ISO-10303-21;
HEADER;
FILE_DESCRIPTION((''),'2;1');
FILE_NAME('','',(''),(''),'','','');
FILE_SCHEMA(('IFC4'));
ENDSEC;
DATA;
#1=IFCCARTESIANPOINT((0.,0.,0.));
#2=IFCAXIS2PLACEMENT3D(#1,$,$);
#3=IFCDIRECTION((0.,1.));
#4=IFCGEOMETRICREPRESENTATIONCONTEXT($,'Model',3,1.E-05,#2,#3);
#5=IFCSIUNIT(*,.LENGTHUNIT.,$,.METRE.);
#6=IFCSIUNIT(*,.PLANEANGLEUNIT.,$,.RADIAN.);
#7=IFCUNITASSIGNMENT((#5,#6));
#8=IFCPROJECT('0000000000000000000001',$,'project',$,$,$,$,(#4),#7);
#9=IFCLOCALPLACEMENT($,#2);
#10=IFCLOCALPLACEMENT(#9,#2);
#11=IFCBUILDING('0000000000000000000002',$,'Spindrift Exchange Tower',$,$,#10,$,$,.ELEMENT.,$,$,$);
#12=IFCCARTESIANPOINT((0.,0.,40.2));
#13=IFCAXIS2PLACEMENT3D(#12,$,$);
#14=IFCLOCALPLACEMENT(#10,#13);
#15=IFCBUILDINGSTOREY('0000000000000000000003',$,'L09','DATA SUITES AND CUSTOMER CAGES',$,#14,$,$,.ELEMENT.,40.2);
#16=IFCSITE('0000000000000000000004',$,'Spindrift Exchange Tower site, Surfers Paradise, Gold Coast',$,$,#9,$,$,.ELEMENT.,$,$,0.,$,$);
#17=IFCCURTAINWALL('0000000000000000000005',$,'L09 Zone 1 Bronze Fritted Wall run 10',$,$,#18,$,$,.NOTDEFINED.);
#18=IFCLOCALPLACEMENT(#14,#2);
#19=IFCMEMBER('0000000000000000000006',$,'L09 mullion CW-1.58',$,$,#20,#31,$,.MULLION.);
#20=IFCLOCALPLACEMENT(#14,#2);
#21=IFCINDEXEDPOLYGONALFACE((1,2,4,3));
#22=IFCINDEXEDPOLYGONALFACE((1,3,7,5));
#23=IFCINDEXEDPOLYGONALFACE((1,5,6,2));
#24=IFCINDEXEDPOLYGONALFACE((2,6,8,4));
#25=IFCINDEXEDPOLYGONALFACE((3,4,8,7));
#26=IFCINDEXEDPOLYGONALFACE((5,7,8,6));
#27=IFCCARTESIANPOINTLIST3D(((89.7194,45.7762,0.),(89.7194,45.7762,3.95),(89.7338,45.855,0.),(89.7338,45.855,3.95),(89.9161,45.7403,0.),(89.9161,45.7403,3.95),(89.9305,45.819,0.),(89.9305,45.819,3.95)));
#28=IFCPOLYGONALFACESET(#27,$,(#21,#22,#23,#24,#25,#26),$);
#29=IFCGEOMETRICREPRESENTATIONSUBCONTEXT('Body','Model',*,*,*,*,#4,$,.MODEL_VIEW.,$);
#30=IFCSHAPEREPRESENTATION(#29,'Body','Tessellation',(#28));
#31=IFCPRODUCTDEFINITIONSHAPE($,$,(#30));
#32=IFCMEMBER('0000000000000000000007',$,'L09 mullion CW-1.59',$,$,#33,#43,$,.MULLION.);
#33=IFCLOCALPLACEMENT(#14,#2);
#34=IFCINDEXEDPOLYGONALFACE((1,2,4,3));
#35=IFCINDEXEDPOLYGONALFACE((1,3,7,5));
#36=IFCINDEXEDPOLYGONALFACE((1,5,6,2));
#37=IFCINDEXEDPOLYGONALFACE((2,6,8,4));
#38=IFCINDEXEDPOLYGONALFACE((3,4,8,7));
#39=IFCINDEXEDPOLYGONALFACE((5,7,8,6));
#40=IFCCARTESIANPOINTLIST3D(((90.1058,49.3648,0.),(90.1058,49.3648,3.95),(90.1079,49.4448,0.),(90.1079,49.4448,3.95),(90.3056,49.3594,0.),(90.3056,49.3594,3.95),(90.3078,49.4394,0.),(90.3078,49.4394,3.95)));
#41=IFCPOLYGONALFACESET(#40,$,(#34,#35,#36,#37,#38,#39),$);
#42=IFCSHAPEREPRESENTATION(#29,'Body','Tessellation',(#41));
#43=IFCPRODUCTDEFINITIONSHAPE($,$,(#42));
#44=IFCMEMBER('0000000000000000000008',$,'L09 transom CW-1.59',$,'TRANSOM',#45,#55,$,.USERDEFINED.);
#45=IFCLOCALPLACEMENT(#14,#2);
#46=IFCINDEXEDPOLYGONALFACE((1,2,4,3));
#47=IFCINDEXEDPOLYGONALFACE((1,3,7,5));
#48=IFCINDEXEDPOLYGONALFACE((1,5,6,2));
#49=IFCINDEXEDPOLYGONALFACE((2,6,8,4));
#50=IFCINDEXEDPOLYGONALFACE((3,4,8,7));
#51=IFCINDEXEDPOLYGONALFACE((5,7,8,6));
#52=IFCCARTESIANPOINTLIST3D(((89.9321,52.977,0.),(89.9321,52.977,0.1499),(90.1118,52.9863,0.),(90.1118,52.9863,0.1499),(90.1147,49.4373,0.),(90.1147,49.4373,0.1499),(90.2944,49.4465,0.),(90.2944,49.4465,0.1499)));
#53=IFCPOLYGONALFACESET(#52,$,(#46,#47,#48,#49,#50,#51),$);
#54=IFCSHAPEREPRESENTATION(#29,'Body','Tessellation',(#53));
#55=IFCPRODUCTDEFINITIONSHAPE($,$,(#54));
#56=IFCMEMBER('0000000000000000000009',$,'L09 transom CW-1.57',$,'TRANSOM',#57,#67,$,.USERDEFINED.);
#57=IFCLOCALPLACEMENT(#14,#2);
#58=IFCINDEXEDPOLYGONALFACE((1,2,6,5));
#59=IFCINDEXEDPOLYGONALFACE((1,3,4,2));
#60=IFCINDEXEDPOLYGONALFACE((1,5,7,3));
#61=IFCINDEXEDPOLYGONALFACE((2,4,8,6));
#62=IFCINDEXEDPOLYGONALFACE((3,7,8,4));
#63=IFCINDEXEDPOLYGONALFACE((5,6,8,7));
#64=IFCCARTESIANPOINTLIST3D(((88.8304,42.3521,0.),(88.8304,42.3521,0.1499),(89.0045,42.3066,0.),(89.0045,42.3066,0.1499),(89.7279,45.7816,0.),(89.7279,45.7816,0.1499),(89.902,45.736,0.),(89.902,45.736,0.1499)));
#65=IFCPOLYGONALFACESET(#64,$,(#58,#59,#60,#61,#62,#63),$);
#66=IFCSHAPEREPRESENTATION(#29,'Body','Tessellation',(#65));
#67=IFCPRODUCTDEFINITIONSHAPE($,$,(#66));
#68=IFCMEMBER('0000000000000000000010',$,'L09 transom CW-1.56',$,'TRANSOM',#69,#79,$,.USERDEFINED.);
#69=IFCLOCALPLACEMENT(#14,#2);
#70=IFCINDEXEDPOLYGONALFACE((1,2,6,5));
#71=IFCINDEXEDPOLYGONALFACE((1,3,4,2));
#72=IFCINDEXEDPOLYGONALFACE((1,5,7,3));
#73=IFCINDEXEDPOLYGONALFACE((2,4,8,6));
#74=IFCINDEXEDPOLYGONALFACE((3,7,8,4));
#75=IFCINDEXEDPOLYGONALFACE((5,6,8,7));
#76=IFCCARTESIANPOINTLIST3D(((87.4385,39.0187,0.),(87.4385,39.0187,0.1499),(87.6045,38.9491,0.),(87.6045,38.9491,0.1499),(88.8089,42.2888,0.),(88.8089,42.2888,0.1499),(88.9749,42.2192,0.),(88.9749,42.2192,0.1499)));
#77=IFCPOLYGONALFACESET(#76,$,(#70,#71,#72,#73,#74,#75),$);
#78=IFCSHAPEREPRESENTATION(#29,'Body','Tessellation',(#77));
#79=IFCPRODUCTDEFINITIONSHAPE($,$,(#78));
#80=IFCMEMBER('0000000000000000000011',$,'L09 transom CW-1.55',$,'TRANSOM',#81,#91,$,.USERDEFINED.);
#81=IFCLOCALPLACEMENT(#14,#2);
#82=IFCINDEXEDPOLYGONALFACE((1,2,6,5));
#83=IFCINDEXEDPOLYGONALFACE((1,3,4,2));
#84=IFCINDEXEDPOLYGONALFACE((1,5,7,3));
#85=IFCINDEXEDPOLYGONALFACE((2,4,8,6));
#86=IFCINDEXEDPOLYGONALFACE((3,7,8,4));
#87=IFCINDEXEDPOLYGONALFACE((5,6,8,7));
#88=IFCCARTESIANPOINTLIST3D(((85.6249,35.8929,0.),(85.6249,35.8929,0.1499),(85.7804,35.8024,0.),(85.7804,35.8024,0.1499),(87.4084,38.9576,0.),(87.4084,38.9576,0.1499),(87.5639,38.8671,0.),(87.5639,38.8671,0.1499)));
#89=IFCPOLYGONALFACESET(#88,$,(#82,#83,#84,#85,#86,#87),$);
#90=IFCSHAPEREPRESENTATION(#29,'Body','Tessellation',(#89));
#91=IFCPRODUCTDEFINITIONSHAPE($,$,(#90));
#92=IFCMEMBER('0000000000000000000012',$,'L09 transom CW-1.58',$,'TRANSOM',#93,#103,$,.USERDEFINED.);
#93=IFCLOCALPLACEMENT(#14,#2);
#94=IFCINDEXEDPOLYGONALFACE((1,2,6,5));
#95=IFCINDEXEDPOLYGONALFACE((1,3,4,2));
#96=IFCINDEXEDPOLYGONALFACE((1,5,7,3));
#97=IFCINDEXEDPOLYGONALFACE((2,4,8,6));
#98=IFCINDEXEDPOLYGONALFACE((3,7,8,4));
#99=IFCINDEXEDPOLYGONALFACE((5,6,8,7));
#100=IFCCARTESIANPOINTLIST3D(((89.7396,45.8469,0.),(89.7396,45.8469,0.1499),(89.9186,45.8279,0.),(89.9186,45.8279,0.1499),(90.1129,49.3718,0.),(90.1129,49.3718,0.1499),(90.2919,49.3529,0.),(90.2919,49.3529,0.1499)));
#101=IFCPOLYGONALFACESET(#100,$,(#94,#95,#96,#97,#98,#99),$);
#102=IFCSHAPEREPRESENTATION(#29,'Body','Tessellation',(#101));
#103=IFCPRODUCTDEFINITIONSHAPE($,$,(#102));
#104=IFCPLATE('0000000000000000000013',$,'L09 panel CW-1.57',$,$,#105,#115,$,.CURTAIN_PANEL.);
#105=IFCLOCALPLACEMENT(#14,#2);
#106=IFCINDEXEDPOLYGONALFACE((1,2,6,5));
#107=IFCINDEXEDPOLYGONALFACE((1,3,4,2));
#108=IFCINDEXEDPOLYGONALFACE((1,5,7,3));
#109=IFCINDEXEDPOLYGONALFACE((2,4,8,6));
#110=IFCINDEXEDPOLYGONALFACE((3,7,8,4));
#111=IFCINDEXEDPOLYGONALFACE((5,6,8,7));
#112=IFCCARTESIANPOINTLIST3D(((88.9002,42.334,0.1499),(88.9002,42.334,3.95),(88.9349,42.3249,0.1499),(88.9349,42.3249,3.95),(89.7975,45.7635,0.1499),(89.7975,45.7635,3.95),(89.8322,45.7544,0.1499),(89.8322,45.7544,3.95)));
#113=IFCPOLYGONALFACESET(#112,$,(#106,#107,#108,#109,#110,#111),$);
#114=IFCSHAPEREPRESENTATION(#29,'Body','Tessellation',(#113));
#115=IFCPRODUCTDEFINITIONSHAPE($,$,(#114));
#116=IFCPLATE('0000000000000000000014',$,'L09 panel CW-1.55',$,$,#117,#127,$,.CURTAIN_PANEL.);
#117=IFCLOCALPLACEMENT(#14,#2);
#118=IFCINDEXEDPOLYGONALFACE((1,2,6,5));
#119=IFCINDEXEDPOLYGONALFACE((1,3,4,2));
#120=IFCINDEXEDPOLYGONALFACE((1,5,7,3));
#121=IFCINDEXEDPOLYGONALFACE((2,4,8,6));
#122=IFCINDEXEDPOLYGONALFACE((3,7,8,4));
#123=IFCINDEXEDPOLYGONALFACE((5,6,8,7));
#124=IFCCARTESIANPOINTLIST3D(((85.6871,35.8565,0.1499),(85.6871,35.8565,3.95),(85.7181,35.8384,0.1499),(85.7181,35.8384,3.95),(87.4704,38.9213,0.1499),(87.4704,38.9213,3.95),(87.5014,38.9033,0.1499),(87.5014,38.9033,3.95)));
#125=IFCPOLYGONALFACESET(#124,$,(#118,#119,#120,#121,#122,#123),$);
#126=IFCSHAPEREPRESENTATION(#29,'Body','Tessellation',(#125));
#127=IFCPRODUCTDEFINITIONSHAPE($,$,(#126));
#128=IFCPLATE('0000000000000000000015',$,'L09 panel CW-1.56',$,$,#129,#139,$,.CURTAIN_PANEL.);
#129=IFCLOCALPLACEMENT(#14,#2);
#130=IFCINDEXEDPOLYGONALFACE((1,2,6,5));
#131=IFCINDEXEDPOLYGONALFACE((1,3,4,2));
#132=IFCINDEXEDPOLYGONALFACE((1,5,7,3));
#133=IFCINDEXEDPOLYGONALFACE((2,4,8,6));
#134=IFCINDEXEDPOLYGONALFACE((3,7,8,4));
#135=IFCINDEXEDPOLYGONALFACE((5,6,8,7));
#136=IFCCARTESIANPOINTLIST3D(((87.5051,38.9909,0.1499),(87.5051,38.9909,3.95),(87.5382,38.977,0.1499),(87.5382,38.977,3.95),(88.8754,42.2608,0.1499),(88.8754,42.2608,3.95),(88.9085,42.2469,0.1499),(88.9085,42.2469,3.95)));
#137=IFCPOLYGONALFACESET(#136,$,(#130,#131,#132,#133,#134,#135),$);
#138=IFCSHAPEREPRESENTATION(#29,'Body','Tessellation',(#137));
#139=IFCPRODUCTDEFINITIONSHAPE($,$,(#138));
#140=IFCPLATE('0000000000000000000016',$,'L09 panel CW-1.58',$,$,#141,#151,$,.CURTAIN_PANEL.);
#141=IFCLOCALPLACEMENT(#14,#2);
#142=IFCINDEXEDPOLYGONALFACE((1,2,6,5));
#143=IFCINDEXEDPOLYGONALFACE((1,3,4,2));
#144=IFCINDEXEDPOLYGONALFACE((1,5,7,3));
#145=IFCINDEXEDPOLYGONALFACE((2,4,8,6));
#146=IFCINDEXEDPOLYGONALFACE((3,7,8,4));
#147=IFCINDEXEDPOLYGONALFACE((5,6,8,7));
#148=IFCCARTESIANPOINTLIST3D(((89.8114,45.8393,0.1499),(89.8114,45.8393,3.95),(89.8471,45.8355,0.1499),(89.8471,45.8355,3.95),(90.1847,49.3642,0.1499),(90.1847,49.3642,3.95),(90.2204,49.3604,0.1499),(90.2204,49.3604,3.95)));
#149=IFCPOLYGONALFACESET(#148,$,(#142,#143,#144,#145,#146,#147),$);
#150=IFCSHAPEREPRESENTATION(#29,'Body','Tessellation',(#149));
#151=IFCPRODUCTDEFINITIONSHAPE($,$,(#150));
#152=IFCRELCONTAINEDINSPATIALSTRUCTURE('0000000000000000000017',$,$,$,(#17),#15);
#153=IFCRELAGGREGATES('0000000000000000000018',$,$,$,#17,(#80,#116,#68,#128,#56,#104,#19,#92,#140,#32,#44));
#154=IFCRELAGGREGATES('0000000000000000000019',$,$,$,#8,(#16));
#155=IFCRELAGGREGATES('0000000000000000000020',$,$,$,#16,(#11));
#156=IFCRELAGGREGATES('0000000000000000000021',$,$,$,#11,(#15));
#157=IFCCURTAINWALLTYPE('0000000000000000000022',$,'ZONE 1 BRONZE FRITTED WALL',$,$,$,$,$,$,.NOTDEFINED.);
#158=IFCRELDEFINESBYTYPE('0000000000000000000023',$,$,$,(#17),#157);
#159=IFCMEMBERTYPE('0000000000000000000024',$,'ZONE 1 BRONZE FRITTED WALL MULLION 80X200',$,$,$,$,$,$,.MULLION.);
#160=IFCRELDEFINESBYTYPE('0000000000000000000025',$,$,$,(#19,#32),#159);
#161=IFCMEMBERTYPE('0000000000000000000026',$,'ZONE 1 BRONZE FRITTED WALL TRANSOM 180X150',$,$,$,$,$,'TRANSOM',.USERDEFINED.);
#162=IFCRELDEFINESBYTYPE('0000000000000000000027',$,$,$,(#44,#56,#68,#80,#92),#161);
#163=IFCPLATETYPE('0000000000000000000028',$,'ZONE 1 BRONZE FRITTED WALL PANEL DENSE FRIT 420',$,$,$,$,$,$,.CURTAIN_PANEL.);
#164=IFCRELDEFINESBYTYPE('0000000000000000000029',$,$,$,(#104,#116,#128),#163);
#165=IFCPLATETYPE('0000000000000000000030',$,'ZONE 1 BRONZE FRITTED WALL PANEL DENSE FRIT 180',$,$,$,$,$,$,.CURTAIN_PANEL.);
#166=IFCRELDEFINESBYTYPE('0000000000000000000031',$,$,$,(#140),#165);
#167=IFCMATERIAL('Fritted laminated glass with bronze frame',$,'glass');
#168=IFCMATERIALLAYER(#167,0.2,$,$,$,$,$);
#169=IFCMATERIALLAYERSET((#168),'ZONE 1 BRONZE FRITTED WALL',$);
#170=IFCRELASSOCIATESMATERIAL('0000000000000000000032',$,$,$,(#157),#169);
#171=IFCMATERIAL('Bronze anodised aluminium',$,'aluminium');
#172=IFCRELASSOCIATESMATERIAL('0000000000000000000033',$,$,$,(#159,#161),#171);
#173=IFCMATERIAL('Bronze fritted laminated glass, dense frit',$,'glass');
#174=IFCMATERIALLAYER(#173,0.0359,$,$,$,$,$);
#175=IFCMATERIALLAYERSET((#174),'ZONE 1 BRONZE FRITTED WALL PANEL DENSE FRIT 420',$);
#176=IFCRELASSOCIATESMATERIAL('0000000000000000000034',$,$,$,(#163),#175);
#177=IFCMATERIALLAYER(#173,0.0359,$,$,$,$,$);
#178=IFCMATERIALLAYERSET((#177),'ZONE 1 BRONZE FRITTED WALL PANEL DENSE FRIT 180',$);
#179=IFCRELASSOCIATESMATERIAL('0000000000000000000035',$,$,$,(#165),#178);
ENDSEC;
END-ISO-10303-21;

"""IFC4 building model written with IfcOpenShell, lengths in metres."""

from ifc_helpers import new_model, si_unit, direction, frame, origin, origin_2d, place, context, subcontext, project, spatial, rectangle, extrude, source, transform, mapped, material, layer, layer_set, material_profile, profile_set, type_object, element, aggregate, save


model = new_model("IFC4")

# Units and contexts
model_context = context("Model", 3, precision=1e-05, world=origin(), true_north=direction((0.0, 1.0)))
body_context = subcontext(model_context, "Body", "Model", "MODEL_VIEW")
ifc_project = project(units=[si_unit("LENGTHUNIT", "METRE"), si_unit("PLANEANGLEUNIT", "RADIAN")], contexts=[model_context])

# Site, building, storey
site_placement = place(None, origin())
site = spatial("IfcSite", under=ifc_project, at=site_placement, Name="Spindrift Exchange Tower site, Surfers Paradise, Gold Coast", CompositionType="ELEMENT", RefElevation=0.0)
building_placement = place(site_placement, origin())
building = spatial("IfcBuilding", under=site, at=building_placement, Name="Spindrift Exchange Tower", CompositionType="ELEMENT")
storey_placement = place(building_placement, frame((0.0, 0.0, 40.2)))
storey = spatial("IfcBuildingStorey", under=building, at=storey_placement, Name="L09", Description="DATA SUITES AND CUSTOMER CAGES", CompositionType="ELEMENT", Elevation=40.2)

# Curtain wall, members, plates
ifc_material_1 = material(Name="Fritted laminated glass with bronze frame", Category="glass")
ifc_layer_1 = layer(ifc_material_1, 0.2)
ifc_layer_set_1 = layer_set([ifc_layer_1], Name="ZONE 1 BRONZE FRITTED WALL")
curtain_wall_type = type_object("IfcCurtainWallType", Name="ZONE 1 BRONZE FRITTED WALL", PredefinedType="NOTDEFINED", material=ifc_layer_set_1)
curtain_wall_placement = place(storey_placement, origin())
curtain_wall = element("IfcCurtainWall", 1, at=curtain_wall_placement, inside=storey, type_object=curtain_wall_type, Name="L09 Zone 1 Bronze Fritted Wall run 10", PredefinedType="NOTDEFINED")
ifc_material_2 = material(Name="Bronze anodised aluminium", Category="aluminium")
ifc_material_profile_1 = material_profile(ifc_material_2, rectangle(XDim=0.0801, YDim=0.2, at=origin_2d()), Name="ZONE 1 BRONZE FRITTED WALL MULLION 80X200")
ifc_profile_set_1 = profile_set([ifc_material_profile_1], Name="Bronze anodised aluminium")
member_type_1 = type_object("IfcMemberType", Name="ZONE 1 BRONZE FRITTED WALL MULLION 80X200", PredefinedType="MULLION", material=ifc_profile_set_1)
shared_shape_1 = source(origin(), body_context, "Body", "SweptSolid", [
    extrude(rectangle(XDim=0.0801, YDim=0.2, at=origin_2d()), origin(), (0.0, 0.0, 1.0), 3.95),
])
member_1_placement = place(storey_placement, frame((89.825, 45.7976, 0.0), z_axis=(0.0, 0.0, 1.0), x_axis=(0.17973, 0.983716, 0.0)))
member_1 = element("IfcMember", 2, at=member_1_placement, type_object=member_type_1, Name="L09 mullion CW-1.58", PredefinedType="MULLION", context=body_context, shape_type="MappedRepresentation", body=[
    mapped(shared_shape_1, transform((0.0, 0.0, 0.0), scale=1.0)),
])
member_2_placement = place(storey_placement, frame((90.2068, 49.4021, 0.0), z_axis=(0.0, 0.0, 1.0), x_axis=(0.026954, 0.999637, 0.0)))
member_2 = element("IfcMember", 3, at=member_2_placement, type_object=member_type_1, Name="L09 mullion CW-1.59", PredefinedType="MULLION", context=body_context, shape_type="MappedRepresentation", body=[
    mapped(shared_shape_1, transform((0.0, 0.0, 0.0), scale=1.0)),
])
ifc_material_profile_2 = material_profile(ifc_material_2, rectangle(XDim=0.1799, YDim=0.1499, at=origin_2d()), Name="ZONE 1 BRONZE FRITTED WALL TRANSOM 180X150")
ifc_profile_set_2 = profile_set([ifc_material_profile_2], Name="Bronze anodised aluminium")
member_type_2 = type_object("IfcMemberType", Name="ZONE 1 BRONZE FRITTED WALL TRANSOM 180X150", ElementType="TRANSOM", PredefinedType="USERDEFINED", material=ifc_profile_set_2)
shared_shape_2 = source(origin(), body_context, "Body", "SweptSolid", [
    extrude(rectangle(XDim=0.1799, YDim=0.1499, at=origin_2d()), origin(), (0.0, 0.0, 1.0), 3.5444),
])
member_3_placement = place(storey_placement, frame((90.2046, 49.4419, 0.075), z_axis=(-0.051521, 0.998672, 0.0), x_axis=(-0.998672, -0.051521, 0.0)))
member_3 = element("IfcMember", 4, at=member_3_placement, type_object=member_type_2, Name="L09 transom CW-1.59", ObjectType="TRANSOM", PredefinedType="USERDEFINED", context=body_context, shape_type="MappedRepresentation", body=[
    mapped(shared_shape_2, transform((0.0, 0.0, 0.0), scale=1.0)),
])
shared_shape_3 = source(origin(), body_context, "Body", "SweptSolid", [
    extrude(rectangle(XDim=0.1799, YDim=0.1499, at=origin_2d()), origin(), (0.0, 0.0, 1.0), 3.5449),
])
member_4_placement = place(storey_placement, frame((88.9175, 42.3293, 0.075), z_axis=(0.253168, 0.967422, 0.0), x_axis=(-0.967422, 0.253168, 0.0)))
member_4 = element("IfcMember", 5, at=member_4_placement, type_object=member_type_2, Name="L09 transom CW-1.57", ObjectType="TRANSOM", PredefinedType="USERDEFINED", context=body_context, shape_type="MappedRepresentation", body=[
    mapped(shared_shape_3, transform((0.0, 0.0, 0.0), scale=1.0)),
])
shared_shape_4 = source(origin(), body_context, "Body", "SweptSolid", [
    extrude(rectangle(XDim=0.1799, YDim=0.1499, at=origin_2d()), origin(), (0.0, 0.0, 1.0), 3.5457),
])
member_5_placement = place(storey_placement, frame((87.5215, 38.9839, 0.075), z_axis=(0.386502, 0.922289, 0.0), x_axis=(-0.922289, 0.386502, 0.0)))
member_5 = element("IfcMember", 6, at=member_5_placement, type_object=member_type_2, Name="L09 transom CW-1.56", ObjectType="TRANSOM", PredefinedType="USERDEFINED", context=body_context, shape_type="MappedRepresentation", body=[
    mapped(shared_shape_4, transform((0.0, 0.0, 0.0), scale=1.0)),
])
shared_shape_5 = source(origin(), body_context, "Body", "SweptSolid", [
    extrude(rectangle(XDim=0.1799, YDim=0.1499, at=origin_2d()), origin(), (0.0, 0.0, 1.0), 3.5459),
])
member_6_placement = place(storey_placement, frame((85.7026, 35.8477, 0.075), z_axis=(0.502967, 0.864305, 0.0), x_axis=(-0.864305, 0.502967, 0.0)))
member_6 = element("IfcMember", 7, at=member_6_placement, type_object=member_type_2, Name="L09 transom CW-1.55", ObjectType="TRANSOM", PredefinedType="USERDEFINED", context=body_context, shape_type="MappedRepresentation", body=[
    mapped(shared_shape_5, transform((0.0, 0.0, 0.0), scale=1.0)),
])
shared_shape_6 = source(origin(), body_context, "Body", "SweptSolid", [
    extrude(rectangle(XDim=0.1799, YDim=0.1499, at=origin_2d()), origin(), (0.0, 0.0, 1.0), 3.5447),
])
member_7_placement = place(storey_placement, frame((89.8291, 45.8374, 0.075), z_axis=(0.105312, 0.994439, 0.0), x_axis=(-0.994439, 0.105312, 0.0)))
member_7 = element("IfcMember", 8, at=member_7_placement, type_object=member_type_2, Name="L09 transom CW-1.58", ObjectType="TRANSOM", PredefinedType="USERDEFINED", context=body_context, shape_type="MappedRepresentation", body=[
    mapped(shared_shape_6, transform((0.0, 0.0, 0.0), scale=1.0)),
])
ifc_material_3 = material(Name="Bronze fritted laminated glass, dense frit", Category="glass")
ifc_layer_2 = layer(ifc_material_3, 0.0359)
ifc_layer_set_2 = layer_set([ifc_layer_2], Name="ZONE 1 BRONZE FRITTED WALL PANEL DENSE FRIT 420")
plate_type_1 = type_object("IfcPlateType", Name="ZONE 1 BRONZE FRITTED WALL PANEL DENSE FRIT 420", PredefinedType="CURTAIN_PANEL", material=ifc_layer_set_2)
shared_shape_7 = source(origin(), body_context, "Body", "SweptSolid", [
    extrude(rectangle(XDim=3.5449, YDim=0.0359, at=origin_2d()), origin(), (0.0, 0.0, 1.0), 3.8),
])
plate_1_placement = place(storey_placement, frame((89.3662, 44.0442, 0.1499), z_axis=(0.0, 0.0, 1.0), x_axis=(0.253133, 0.967431, 0.0)))
plate_1 = element("IfcPlate", 9, at=plate_1_placement, type_object=plate_type_1, Name="L09 panel CW-1.57", PredefinedType="CURTAIN_PANEL", context=body_context, shape_type="MappedRepresentation", body=[
    mapped(shared_shape_7, transform((0.0, 0.0, 0.0), scale=1.0)),
])
shared_shape_8 = source(origin(), body_context, "Body", "SweptSolid", [
    extrude(rectangle(XDim=3.5459, YDim=0.0359, at=origin_2d()), origin(), (0.0, 0.0, 1.0), 3.8),
])
plate_2_placement = place(storey_placement, frame((86.5942, 37.3799, 0.1499), z_axis=(0.0, 0.0, 1.0), x_axis=(0.50291, 0.864339, 0.0)))
plate_2 = element("IfcPlate", 10, at=plate_2_placement, type_object=plate_type_1, Name="L09 panel CW-1.55", PredefinedType="CURTAIN_PANEL", context=body_context, shape_type="MappedRepresentation", body=[
    mapped(shared_shape_8, transform((0.0, 0.0, 0.0), scale=1.0)),
])
shared_shape_9 = source(origin(), body_context, "Body", "SweptSolid", [
    extrude(rectangle(XDim=3.5454, YDim=0.0359, at=origin_2d()), origin(), (0.0, 0.0, 1.0), 3.8),
])
plate_3_placement = place(storey_placement, frame((88.2068, 40.6189, 0.1499), z_axis=(0.0, 0.0, 1.0), x_axis=(0.386516, 0.922283, 0.0)))
plate_3 = element("IfcPlate", 11, at=plate_3_placement, type_object=plate_type_1, Name="L09 panel CW-1.56", PredefinedType="CURTAIN_PANEL", context=body_context, shape_type="MappedRepresentation", body=[
    mapped(shared_shape_9, transform((0.0, 0.0, 0.0), scale=1.0)),
])
ifc_layer_3 = layer(ifc_material_3, 0.0359)
ifc_layer_set_3 = layer_set([ifc_layer_3], Name="ZONE 1 BRONZE FRITTED WALL PANEL DENSE FRIT 180")
plate_type_2 = type_object("IfcPlateType", Name="ZONE 1 BRONZE FRITTED WALL PANEL DENSE FRIT 180", PredefinedType="CURTAIN_PANEL", material=ifc_layer_set_3)
shared_shape_10 = source(origin(), body_context, "Body", "SweptSolid", [
    extrude(rectangle(XDim=3.5447, YDim=0.0359, at=origin_2d()), origin(), (0.0, 0.0, 1.0), 3.8),
])
plate_4_placement = place(storey_placement, frame((90.0159, 47.5999, 0.1499), z_axis=(0.0, 0.0, 1.0), x_axis=(0.10531, 0.994439, 0.0)))
plate_4 = element("IfcPlate", 12, at=plate_4_placement, type_object=plate_type_2, Name="L09 panel CW-1.58", PredefinedType="CURTAIN_PANEL", context=body_context, shape_type="MappedRepresentation", body=[
    mapped(shared_shape_10, transform((0.0, 0.0, 0.0), scale=1.0)),
])
aggregate(curtain_wall, [member_6, plate_2, member_5, plate_3, member_4, plate_1, member_1, member_7, plate_4, member_2, member_3])

save(model, "model.ifc")
